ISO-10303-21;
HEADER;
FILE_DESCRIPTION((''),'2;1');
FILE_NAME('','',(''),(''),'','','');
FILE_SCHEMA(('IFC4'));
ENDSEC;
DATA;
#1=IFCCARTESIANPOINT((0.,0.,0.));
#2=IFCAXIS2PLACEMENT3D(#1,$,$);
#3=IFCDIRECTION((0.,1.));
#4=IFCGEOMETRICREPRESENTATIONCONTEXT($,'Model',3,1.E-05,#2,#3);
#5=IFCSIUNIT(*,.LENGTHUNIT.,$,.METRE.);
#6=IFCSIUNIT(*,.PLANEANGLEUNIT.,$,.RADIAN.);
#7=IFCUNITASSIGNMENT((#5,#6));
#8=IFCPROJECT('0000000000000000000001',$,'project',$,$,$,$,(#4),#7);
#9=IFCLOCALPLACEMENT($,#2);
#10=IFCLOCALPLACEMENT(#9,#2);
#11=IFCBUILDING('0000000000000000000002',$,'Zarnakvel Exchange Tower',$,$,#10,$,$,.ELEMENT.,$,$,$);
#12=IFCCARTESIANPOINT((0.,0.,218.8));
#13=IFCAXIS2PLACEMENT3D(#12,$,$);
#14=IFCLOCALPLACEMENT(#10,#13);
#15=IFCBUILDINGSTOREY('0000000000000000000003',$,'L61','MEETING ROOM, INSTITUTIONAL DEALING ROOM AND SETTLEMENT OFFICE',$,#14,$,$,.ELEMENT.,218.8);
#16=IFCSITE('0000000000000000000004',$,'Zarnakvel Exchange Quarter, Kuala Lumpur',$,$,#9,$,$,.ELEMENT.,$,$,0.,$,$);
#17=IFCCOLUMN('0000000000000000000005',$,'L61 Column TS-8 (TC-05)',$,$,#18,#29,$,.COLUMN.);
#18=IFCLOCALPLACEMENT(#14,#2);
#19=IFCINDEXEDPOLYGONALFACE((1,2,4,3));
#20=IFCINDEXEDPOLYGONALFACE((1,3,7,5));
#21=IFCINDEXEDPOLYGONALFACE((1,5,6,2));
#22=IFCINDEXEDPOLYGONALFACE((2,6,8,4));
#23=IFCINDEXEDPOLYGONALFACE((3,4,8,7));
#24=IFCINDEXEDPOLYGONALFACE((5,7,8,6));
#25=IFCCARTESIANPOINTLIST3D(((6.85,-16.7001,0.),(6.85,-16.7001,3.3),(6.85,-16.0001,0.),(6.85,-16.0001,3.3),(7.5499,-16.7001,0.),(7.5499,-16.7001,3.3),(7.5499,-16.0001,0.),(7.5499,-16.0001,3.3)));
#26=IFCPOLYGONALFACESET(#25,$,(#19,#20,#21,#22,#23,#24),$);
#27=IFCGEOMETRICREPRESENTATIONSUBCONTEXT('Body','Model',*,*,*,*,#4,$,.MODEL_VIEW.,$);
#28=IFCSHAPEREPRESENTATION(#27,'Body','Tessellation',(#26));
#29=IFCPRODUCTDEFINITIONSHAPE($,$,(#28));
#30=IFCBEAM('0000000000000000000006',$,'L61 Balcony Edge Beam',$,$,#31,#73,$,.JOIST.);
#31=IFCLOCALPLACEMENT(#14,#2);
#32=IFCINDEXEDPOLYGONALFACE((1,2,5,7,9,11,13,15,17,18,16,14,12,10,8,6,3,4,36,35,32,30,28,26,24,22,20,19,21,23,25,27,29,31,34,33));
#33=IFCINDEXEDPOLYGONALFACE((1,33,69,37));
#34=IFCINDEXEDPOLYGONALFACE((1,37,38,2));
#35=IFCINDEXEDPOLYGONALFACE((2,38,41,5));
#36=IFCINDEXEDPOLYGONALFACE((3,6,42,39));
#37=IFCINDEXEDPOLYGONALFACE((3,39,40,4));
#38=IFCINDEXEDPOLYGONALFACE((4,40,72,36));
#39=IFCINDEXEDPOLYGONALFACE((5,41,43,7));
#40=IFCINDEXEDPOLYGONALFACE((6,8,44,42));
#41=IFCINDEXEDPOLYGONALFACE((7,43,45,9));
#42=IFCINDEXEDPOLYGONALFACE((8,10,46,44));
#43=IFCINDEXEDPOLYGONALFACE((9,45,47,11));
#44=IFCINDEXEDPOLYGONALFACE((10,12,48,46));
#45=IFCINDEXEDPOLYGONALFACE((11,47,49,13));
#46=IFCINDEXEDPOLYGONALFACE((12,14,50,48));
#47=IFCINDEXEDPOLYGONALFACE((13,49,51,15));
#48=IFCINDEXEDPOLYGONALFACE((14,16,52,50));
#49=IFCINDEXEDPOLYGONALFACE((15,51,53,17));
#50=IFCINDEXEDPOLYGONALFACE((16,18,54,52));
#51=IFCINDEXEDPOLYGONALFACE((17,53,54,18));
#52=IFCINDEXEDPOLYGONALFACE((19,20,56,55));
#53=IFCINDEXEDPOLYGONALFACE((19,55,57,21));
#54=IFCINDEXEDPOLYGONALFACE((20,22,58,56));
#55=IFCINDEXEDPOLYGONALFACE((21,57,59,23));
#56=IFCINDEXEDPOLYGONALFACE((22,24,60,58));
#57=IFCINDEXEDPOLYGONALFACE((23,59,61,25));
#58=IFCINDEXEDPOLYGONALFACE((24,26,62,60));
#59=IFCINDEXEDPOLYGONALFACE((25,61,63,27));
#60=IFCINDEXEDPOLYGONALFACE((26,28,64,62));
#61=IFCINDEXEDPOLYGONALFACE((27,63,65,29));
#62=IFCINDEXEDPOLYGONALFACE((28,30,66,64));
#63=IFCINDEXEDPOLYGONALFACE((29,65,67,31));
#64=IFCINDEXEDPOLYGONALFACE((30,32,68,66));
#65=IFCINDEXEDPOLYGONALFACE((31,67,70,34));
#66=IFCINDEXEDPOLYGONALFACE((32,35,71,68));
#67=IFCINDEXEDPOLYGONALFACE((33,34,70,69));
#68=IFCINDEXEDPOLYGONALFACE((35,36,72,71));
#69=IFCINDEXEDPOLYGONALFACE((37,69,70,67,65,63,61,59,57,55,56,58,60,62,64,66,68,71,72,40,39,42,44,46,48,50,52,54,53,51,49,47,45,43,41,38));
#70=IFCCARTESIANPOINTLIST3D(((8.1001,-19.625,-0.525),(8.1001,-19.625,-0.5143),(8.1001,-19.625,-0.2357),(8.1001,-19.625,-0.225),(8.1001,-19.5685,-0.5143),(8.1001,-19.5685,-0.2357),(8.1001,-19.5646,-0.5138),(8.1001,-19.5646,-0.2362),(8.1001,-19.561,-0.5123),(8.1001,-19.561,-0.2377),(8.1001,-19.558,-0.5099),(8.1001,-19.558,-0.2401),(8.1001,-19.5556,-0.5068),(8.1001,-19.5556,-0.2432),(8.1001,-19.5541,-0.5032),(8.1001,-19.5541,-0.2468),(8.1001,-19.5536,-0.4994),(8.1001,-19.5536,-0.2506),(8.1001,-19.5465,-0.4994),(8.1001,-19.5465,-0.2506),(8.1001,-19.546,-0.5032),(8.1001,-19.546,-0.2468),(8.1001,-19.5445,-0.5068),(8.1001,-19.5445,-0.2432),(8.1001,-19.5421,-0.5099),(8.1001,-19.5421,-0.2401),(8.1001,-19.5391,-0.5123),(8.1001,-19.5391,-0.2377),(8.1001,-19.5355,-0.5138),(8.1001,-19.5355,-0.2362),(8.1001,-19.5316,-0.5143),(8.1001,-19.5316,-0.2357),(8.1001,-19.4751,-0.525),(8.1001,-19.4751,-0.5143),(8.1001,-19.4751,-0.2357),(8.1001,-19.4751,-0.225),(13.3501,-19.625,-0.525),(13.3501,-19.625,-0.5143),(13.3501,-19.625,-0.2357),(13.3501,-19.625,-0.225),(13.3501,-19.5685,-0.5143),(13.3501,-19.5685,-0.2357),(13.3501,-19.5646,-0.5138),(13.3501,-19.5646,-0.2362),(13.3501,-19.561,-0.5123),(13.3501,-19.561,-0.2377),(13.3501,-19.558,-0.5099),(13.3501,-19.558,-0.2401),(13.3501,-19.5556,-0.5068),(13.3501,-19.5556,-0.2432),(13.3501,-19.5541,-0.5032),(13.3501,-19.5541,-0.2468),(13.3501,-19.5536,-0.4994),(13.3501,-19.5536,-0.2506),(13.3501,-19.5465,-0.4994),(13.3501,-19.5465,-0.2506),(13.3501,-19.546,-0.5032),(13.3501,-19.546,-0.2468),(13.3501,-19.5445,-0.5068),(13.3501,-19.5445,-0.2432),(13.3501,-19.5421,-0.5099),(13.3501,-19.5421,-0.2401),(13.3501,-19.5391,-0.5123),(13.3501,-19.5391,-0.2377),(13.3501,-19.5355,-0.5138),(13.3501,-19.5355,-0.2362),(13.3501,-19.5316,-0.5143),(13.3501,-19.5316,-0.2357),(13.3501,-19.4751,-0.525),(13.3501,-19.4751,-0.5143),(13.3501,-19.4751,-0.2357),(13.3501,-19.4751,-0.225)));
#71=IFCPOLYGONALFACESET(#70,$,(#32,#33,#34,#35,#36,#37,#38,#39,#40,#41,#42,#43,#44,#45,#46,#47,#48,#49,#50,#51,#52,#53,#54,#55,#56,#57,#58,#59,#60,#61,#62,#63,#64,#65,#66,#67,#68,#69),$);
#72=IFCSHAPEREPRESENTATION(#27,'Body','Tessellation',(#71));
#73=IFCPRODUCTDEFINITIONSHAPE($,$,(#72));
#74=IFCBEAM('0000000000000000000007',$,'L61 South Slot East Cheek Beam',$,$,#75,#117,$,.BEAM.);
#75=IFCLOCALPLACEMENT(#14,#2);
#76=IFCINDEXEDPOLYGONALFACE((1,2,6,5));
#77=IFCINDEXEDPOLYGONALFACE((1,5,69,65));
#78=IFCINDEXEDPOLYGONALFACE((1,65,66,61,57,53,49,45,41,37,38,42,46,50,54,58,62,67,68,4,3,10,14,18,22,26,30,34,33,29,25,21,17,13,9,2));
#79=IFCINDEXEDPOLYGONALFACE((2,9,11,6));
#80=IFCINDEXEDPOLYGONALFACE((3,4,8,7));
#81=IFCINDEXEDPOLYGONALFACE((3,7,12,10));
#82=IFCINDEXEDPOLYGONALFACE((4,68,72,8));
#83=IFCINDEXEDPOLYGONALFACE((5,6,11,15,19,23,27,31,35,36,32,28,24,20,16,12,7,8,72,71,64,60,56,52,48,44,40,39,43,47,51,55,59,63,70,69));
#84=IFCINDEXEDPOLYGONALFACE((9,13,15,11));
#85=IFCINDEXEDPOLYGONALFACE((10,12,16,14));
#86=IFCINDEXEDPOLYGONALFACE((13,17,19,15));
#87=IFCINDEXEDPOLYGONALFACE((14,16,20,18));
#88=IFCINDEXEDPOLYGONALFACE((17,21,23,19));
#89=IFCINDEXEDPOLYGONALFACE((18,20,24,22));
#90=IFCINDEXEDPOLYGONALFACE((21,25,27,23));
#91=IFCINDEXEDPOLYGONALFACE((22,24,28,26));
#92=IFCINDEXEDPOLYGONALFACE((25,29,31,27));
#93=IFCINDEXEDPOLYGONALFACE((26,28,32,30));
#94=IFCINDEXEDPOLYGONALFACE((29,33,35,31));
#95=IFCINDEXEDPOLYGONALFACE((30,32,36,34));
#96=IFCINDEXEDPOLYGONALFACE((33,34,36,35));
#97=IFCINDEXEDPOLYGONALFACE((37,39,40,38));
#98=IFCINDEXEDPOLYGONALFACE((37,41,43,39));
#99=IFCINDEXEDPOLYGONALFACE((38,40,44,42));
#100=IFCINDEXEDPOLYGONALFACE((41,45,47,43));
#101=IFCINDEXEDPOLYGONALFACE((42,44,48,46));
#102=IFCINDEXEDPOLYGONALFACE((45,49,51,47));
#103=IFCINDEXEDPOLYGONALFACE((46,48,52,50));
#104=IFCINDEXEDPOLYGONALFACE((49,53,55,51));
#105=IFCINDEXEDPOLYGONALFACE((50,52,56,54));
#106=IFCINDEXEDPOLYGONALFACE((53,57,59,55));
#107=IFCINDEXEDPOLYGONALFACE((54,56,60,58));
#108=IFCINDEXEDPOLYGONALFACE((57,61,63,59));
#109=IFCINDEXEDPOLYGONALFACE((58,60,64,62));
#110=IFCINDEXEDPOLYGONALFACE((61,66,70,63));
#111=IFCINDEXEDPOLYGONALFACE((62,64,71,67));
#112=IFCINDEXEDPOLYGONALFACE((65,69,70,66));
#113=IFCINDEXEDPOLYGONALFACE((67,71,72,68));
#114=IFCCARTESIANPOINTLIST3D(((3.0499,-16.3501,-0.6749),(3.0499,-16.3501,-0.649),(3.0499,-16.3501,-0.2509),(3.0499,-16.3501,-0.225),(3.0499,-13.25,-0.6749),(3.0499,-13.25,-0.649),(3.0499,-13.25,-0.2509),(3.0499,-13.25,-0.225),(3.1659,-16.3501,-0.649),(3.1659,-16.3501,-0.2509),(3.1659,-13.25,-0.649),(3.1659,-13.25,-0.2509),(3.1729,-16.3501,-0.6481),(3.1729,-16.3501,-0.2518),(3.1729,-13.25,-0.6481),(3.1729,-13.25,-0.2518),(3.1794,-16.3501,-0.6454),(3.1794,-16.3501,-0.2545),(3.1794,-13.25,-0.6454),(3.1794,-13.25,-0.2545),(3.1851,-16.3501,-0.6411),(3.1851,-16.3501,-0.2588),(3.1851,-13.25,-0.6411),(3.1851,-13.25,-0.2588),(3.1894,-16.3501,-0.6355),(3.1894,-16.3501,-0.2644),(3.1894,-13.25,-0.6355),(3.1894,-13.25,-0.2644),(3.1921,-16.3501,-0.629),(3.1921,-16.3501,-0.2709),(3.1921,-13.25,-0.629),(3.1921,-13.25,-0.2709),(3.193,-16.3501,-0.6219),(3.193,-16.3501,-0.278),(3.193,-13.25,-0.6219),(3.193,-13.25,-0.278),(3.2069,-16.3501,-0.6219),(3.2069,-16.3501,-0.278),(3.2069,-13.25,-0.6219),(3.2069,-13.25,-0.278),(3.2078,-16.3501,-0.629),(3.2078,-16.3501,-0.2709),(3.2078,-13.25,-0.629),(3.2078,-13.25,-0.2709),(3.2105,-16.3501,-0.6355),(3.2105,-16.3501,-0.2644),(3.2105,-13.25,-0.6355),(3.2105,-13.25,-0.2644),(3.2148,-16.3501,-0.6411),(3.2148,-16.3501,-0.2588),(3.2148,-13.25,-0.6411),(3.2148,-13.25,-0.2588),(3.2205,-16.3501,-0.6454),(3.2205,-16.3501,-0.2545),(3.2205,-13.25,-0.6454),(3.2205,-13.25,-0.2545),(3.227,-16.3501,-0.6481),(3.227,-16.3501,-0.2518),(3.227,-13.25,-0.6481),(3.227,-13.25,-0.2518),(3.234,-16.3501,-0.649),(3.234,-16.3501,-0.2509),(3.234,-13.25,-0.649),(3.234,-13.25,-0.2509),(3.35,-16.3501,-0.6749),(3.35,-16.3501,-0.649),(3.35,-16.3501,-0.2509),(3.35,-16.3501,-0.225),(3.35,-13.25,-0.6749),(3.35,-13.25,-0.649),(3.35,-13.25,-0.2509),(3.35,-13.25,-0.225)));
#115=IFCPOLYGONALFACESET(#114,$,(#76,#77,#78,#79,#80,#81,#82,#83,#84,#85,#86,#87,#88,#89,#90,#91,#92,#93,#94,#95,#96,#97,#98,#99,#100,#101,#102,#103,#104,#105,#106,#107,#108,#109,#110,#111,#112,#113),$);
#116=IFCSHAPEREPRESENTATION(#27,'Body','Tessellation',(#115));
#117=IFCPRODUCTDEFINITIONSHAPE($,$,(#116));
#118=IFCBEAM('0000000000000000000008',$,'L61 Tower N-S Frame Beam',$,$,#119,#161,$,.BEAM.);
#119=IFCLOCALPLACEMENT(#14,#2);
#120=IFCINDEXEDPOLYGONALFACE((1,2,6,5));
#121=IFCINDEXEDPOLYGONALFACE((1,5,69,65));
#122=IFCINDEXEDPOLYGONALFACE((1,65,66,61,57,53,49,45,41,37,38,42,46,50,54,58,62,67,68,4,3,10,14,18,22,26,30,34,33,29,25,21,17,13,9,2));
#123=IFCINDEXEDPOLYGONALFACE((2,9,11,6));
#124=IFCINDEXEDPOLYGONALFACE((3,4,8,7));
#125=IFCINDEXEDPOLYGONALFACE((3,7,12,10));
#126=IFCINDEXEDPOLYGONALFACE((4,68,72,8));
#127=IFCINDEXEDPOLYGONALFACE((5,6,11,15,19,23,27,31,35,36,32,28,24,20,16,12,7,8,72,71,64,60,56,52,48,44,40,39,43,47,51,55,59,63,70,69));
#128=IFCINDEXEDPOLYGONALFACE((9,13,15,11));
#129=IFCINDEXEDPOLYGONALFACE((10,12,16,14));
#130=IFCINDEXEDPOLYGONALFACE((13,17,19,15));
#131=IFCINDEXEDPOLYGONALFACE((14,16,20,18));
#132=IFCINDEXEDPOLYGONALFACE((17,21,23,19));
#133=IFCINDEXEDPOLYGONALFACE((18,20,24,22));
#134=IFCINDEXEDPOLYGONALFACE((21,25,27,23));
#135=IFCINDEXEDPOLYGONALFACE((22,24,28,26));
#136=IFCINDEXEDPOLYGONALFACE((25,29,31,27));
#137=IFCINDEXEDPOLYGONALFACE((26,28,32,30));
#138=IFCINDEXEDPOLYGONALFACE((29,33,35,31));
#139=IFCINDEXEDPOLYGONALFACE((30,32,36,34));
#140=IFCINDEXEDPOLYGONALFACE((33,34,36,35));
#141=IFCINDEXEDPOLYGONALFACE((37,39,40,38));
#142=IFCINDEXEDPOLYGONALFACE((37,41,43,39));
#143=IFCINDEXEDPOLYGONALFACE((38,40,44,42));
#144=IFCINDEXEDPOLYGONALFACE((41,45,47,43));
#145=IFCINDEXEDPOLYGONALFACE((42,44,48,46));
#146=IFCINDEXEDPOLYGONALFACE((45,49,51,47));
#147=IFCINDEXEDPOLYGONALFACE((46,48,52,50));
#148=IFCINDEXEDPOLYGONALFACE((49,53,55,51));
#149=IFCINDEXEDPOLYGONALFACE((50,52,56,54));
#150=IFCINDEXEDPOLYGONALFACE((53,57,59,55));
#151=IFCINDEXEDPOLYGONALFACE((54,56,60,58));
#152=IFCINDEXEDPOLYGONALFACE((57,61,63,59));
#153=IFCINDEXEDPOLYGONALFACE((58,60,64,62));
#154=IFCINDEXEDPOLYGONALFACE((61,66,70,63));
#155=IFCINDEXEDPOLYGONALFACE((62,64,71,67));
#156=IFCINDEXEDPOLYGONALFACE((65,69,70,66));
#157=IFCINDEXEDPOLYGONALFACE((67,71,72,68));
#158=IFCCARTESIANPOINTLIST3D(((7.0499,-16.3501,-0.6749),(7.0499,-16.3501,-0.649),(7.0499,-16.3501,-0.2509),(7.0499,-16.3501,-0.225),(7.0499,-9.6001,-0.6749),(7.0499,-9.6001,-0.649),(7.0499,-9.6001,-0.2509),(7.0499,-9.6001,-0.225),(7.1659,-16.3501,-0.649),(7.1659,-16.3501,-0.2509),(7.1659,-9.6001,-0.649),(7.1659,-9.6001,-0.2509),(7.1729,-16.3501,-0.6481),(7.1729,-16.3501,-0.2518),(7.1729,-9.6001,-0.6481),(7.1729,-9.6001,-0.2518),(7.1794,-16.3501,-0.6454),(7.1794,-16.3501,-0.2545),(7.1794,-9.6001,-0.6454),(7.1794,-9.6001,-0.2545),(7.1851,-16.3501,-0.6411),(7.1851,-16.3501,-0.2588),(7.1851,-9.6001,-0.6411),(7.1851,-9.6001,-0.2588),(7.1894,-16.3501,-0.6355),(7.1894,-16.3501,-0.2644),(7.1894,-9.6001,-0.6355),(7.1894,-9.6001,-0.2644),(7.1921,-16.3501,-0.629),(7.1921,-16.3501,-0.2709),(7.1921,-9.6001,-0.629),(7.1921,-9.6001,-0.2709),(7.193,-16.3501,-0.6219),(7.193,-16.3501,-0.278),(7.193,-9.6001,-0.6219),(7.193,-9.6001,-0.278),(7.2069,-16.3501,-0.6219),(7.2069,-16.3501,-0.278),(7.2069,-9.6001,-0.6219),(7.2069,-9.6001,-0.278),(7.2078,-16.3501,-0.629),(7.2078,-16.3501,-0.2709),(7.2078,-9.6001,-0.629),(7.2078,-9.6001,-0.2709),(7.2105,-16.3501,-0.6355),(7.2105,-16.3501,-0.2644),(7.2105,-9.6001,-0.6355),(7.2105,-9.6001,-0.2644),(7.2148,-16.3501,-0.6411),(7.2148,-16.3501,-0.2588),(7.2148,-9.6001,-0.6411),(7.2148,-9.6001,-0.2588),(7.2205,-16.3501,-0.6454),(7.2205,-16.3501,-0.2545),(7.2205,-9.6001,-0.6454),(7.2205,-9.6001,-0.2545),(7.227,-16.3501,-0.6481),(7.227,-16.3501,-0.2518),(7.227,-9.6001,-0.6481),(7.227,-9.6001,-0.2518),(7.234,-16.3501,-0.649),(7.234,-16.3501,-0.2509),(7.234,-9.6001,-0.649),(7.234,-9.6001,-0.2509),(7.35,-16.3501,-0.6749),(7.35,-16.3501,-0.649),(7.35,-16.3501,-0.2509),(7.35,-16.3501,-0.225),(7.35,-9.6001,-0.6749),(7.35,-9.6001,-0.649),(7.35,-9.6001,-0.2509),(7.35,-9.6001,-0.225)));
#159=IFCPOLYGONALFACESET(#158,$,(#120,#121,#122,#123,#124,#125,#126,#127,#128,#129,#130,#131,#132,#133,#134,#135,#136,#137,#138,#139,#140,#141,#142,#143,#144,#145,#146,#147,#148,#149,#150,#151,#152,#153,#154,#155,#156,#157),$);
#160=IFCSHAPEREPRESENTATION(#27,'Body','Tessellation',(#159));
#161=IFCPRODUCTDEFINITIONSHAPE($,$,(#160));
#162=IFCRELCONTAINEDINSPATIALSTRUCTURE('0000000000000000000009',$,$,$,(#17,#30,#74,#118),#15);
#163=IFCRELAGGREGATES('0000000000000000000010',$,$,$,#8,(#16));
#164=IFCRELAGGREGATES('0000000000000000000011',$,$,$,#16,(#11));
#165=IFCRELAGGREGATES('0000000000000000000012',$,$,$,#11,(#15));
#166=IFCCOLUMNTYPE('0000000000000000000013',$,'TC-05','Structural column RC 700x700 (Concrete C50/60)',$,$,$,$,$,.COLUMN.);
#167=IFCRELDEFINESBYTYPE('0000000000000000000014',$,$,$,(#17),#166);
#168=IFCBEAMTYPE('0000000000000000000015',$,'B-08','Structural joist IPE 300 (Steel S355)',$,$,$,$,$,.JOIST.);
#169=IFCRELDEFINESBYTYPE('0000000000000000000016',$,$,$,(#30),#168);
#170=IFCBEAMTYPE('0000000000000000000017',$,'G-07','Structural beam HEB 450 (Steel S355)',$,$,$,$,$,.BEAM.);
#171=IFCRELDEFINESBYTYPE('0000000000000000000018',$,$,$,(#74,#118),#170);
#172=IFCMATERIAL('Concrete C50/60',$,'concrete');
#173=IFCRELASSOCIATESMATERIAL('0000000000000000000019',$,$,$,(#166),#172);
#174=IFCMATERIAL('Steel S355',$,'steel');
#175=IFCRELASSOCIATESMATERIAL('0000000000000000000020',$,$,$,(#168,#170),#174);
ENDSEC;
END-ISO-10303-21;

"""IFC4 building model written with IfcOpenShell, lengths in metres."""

from ifc_helpers import new_model, si_unit, direction, frame, origin, origin_2d, place, context, subcontext, project, spatial, rectangle, i_section, extrude, material, material_profile, profile_set, type_object, element, save


model = new_model("IFC4")

# Units and contexts
model_context = context("Model", 3, precision=1e-05, world=origin(), true_north=direction((0.0, 1.0)))
body_context = subcontext(model_context, "Body", "Model", "MODEL_VIEW")
ifc_project = project(units=[si_unit("LENGTHUNIT", "METRE"), si_unit("PLANEANGLEUNIT", "RADIAN")], contexts=[model_context])

# Site, building, storey
site_placement = place(None, origin())
site = spatial("IfcSite", under=ifc_project, at=site_placement, Name="Zarnakvel Exchange Quarter, Kuala Lumpur", CompositionType="ELEMENT", RefElevation=0.0)
building_placement = place(site_placement, origin())
building = spatial("IfcBuilding", under=site, at=building_placement, Name="Zarnakvel Exchange Tower", CompositionType="ELEMENT")
storey_placement = place(building_placement, frame((0.0, 0.0, 218.8)))
storey = spatial("IfcBuildingStorey", under=building, at=storey_placement, Name="L61", Description="MEETING ROOM, INSTITUTIONAL DEALING ROOM AND SETTLEMENT OFFICE", CompositionType="ELEMENT", Elevation=218.8)

# Column
ifc_material_1 = material(Name="Concrete C50/60", Category="concrete")
ifc_material_profile_1 = material_profile(ifc_material_1, rectangle(XDim=0.7, YDim=0.7, at=origin_2d()))
ifc_profile_set_1 = profile_set([ifc_material_profile_1], Name="Concrete C50/60")
column_type = type_object("IfcColumnType", Name="TC-05", Description="Structural column RC 700x700 (Concrete C50/60)", PredefinedType="COLUMN", material=ifc_profile_set_1)
column_placement = place(storey_placement, frame((7.2, -16.3501, 0.0), z_axis=(0.0, 0.0, 1.0), x_axis=(1.0, 0.0, 0.0)))
element("IfcColumn", 1, at=column_placement, inside=storey, type_object=column_type, Name="L61 Column TS-8 (TC-05)", PredefinedType="COLUMN", context=body_context, shape_type="SweptSolid", body=[
    extrude(rectangle(XDim=0.7, YDim=0.7, at=origin_2d()), origin(), (0.0, 0.0, 1.0), 3.3),
])

# Beams
ifc_material_2 = material(Name="Steel S355", Category="steel")
ifc_material_profile_2 = material_profile(ifc_material_2, i_section(OverallWidth=0.1499, OverallDepth=0.3, WebThickness=0.0071, FlangeThickness=0.0107, FilletRadius=0.0149, at=origin_2d()))
ifc_profile_set_2 = profile_set([ifc_material_profile_2], Name="Steel S355")
beam_type_1 = type_object("IfcBeamType", Name="B-08", Description="Structural joist IPE 300 (Steel S355)", PredefinedType="JOIST", material=ifc_profile_set_2)
beam_1_placement = place(storey_placement, frame((8.1001, -19.55, -0.375), z_axis=(1.0, 0.0, 0.0), x_axis=(0.0, 1.0, 0.0)))
element("IfcBeam", 2, at=beam_1_placement, inside=storey, type_object=beam_type_1, Name="L61 Balcony Edge Beam", PredefinedType="JOIST", context=body_context, shape_type="SweptSolid", body=[
    extrude(i_section(OverallWidth=0.1499, OverallDepth=0.3, WebThickness=0.0071, FlangeThickness=0.0107, FilletRadius=0.0149, at=origin_2d()), origin(), (0.0, 0.0, 1.0), 5.25),
])
ifc_material_profile_3 = material_profile(ifc_material_2, i_section(OverallWidth=0.3, OverallDepth=0.45, WebThickness=0.0139, FlangeThickness=0.0259, FilletRadius=0.0271, at=origin_2d()))
ifc_profile_set_3 = profile_set([ifc_material_profile_3], Name="Steel S355")
beam_type_2 = type_object("IfcBeamType", Name="G-07", Description="Structural beam HEB 450 (Steel S355)", PredefinedType="BEAM", material=ifc_profile_set_3)
beam_2_placement = place(storey_placement, frame((3.2, -16.3501, -0.45), z_axis=(0.0, 1.0, 0.0), x_axis=(-1.0, 0.0, 0.0)))
element("IfcBeam", 3, at=beam_2_placement, inside=storey, type_object=beam_type_2, Name="L61 South Slot East Cheek Beam", PredefinedType="BEAM", context=body_context, shape_type="SweptSolid", body=[
    extrude(i_section(OverallWidth=0.3, OverallDepth=0.45, WebThickness=0.0139, FlangeThickness=0.0259, FilletRadius=0.0271, at=origin_2d()), origin(), (0.0, 0.0, 1.0), 3.1001),
])
beam_3_placement = place(storey_placement, frame((7.2, -16.3501, -0.45), z_axis=(0.0, 1.0, 0.0), x_axis=(-1.0, 0.0, 0.0)))
element("IfcBeam", 4, at=beam_3_placement, inside=storey, type_object=beam_type_2, Name="L61 Tower N-S Frame Beam", PredefinedType="BEAM", context=body_context, shape_type="SweptSolid", body=[
    extrude(i_section(OverallWidth=0.3, OverallDepth=0.45, WebThickness=0.0139, FlangeThickness=0.0259, FilletRadius=0.0271, at=origin_2d()), origin(), (0.0, 0.0, 1.0), 6.75),
])

save(model, "model.ifc")
